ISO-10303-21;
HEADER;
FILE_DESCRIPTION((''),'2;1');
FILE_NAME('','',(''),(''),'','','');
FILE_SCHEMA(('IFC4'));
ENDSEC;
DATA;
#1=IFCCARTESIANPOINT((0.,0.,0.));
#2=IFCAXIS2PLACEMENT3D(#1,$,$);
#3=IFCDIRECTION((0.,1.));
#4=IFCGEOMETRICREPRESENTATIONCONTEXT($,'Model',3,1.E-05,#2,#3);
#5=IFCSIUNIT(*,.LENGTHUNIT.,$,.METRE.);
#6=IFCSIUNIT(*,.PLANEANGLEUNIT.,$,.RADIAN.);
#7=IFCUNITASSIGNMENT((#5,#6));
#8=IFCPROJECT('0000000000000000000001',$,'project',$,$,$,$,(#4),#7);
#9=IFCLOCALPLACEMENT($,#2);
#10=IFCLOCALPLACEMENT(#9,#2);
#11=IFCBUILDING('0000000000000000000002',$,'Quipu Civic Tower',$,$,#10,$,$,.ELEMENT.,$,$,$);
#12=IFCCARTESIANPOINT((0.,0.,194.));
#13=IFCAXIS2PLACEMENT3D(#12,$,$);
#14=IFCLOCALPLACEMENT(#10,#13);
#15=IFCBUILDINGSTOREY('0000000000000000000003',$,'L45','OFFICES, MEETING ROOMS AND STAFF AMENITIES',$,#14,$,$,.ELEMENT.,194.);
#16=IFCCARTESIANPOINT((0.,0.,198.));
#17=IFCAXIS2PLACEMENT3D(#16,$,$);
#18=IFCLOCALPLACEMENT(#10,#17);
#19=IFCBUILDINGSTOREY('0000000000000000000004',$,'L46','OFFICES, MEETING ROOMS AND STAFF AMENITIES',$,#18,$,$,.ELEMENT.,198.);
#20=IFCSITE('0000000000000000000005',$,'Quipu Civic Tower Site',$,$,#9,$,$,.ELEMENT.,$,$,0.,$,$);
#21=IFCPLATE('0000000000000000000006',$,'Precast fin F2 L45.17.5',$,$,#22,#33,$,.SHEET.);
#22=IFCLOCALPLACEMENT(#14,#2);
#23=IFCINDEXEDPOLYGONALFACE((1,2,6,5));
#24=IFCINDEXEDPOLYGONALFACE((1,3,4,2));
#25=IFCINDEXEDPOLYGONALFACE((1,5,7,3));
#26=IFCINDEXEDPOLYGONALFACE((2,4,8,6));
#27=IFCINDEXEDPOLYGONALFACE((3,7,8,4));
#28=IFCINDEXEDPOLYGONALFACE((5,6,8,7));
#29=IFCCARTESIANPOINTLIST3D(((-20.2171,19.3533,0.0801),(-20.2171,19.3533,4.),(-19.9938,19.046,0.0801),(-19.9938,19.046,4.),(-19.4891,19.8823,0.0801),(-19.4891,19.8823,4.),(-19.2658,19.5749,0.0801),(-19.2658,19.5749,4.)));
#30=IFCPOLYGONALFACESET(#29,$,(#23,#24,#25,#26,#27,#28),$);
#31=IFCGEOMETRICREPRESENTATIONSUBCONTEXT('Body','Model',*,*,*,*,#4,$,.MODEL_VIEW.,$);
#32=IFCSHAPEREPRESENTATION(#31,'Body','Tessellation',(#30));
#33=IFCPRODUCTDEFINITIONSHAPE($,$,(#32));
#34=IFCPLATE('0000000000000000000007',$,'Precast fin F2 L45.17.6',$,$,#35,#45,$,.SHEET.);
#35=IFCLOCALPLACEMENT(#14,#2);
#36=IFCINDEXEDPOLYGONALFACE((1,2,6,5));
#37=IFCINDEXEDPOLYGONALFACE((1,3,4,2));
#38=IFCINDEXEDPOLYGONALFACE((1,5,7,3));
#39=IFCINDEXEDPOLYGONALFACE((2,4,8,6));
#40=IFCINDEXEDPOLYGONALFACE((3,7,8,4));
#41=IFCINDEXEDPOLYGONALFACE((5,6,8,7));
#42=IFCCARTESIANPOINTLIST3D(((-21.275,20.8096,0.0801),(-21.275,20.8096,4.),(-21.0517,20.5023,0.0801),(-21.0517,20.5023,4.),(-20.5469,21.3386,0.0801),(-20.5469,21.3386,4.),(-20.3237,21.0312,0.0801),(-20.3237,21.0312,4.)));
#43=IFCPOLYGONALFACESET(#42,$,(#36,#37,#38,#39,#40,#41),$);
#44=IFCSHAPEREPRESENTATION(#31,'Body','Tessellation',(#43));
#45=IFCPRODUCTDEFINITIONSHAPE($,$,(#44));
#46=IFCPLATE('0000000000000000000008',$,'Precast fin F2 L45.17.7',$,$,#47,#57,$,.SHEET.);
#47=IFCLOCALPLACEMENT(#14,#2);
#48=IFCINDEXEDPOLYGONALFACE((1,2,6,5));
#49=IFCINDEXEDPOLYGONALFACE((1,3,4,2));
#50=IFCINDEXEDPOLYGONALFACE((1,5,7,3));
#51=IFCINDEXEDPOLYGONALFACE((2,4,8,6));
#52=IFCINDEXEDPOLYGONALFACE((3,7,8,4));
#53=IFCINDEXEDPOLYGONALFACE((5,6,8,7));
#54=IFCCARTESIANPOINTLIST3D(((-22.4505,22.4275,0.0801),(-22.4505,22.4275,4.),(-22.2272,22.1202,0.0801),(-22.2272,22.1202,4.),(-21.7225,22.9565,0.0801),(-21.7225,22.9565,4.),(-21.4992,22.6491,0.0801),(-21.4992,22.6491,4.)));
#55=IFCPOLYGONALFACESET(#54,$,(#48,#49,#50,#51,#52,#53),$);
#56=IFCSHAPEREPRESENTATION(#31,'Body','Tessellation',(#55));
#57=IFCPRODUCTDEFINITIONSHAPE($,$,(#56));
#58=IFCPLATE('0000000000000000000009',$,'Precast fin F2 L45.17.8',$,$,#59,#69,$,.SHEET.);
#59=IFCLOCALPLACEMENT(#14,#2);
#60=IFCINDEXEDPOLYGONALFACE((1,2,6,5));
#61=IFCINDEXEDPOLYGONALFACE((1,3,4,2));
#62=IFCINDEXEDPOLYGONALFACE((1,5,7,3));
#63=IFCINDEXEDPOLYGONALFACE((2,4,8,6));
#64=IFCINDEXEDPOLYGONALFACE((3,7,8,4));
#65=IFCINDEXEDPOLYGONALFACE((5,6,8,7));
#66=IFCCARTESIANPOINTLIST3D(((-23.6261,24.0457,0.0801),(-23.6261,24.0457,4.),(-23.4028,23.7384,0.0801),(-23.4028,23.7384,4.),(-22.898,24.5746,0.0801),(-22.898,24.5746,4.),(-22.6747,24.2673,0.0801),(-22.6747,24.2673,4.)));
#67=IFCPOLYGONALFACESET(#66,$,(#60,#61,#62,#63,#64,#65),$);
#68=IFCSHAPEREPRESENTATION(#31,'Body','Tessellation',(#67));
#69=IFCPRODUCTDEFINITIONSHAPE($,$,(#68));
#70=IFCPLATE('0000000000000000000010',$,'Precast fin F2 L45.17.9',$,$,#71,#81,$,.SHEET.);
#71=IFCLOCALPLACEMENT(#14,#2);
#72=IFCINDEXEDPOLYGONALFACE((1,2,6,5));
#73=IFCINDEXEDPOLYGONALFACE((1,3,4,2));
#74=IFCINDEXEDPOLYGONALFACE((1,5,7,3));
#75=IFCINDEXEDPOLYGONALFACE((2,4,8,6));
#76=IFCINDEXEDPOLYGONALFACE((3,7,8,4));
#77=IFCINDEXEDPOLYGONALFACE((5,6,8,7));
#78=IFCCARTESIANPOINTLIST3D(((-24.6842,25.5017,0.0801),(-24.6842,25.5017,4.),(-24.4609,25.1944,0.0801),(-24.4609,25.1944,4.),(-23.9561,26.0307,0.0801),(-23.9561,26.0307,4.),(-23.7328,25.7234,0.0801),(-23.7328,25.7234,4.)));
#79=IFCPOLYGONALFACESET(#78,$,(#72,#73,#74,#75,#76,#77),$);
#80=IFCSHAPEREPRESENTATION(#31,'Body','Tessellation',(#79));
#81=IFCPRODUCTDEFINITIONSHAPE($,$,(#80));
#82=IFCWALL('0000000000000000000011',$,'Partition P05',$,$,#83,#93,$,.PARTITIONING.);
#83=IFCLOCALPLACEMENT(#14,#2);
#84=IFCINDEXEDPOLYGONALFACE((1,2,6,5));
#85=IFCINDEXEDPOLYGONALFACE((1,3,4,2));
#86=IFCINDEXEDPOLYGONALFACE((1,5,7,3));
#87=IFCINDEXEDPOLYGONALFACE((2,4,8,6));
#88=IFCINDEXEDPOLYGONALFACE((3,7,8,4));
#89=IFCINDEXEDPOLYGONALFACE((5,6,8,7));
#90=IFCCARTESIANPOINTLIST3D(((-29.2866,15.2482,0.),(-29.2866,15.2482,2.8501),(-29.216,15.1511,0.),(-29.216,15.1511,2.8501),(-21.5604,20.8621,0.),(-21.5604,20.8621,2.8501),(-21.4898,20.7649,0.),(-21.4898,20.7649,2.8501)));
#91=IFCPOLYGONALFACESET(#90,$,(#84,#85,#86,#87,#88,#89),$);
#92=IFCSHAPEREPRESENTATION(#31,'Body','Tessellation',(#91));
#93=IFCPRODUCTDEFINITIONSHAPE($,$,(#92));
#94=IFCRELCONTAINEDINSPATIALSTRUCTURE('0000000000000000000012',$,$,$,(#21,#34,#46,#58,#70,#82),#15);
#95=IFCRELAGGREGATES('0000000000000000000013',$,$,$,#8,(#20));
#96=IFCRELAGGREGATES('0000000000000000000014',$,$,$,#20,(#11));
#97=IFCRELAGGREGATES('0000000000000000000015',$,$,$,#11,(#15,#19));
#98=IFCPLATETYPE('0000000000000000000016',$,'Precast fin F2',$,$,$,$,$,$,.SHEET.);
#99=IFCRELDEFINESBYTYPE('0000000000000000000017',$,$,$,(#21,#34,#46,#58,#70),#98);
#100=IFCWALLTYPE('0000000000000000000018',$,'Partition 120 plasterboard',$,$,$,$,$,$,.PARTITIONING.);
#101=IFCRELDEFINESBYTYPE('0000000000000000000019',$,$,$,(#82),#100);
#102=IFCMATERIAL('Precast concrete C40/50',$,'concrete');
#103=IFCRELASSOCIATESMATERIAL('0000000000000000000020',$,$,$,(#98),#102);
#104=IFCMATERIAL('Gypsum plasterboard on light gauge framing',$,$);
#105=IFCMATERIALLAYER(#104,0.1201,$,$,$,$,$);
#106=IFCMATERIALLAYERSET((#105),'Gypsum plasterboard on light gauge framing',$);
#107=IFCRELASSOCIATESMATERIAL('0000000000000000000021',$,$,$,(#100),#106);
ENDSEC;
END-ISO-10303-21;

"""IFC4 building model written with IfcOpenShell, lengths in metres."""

from ifc_helpers import new_model, si_unit, direction, frame, frame_2d, origin, origin_2d, place, context, subcontext, project, spatial, rectangle, extrude, material, layer, layer_set, type_object, element, save


model = new_model("IFC4")

# Units and contexts
model_context = context("Model", 3, precision=1e-05, world=origin(), true_north=direction((0.0, 1.0)))
body_context = subcontext(model_context, "Body", "Model", "MODEL_VIEW")
ifc_project = project(units=[si_unit("LENGTHUNIT", "METRE"), si_unit("PLANEANGLEUNIT", "RADIAN")], contexts=[model_context])

# Site, building, storey
site_placement = place(None, origin())
site = spatial("IfcSite", under=ifc_project, at=site_placement, Name="Quipu Civic Tower Site", CompositionType="ELEMENT", RefElevation=0.0)
building_placement = place(site_placement, origin())
building = spatial("IfcBuilding", under=site, at=building_placement, Name="Quipu Civic Tower", CompositionType="ELEMENT")
storey_1_placement = place(building_placement, frame((0.0, 0.0, 194.0)))
storey_1 = spatial("IfcBuildingStorey", under=building, at=storey_1_placement, Name="L45", Description="OFFICES, MEETING ROOMS AND STAFF AMENITIES", CompositionType="ELEMENT", Elevation=194.0)

# Shared definitions
storey_2_placement = place(building_placement, frame((0.0, 0.0, 198.0)))
storey_2 = spatial("IfcBuildingStorey", under=building, at=storey_2_placement, Name="L46", Description="OFFICES, MEETING ROOMS AND STAFF AMENITIES", CompositionType="ELEMENT", Elevation=198.0)

# Plates
ifc_material_1 = material(Name="Precast concrete C40/50", Category="concrete")
plate_type_1 = type_object("IfcPlateType", Name="Precast fin F2", PredefinedType="SHEET", material=ifc_material_1)
for number, where, z_axis, x_axis, name in (
    (1, (-19.7415, 19.4641, 0.0801), (0.0, 0.0, 1.0), (-0.587787, 0.809016, 0.0), "Precast fin F2 L45.17.5"),
    (2, (-20.7993, 20.9204, 0.0801), (0.0, 0.0, 1.0), (-0.587787, 0.809016, 0.0), "Precast fin F2 L45.17.6"),
    (3, (-21.9749, 22.5383, 0.0801), (0.0, 0.0, 1.0), (-0.587787, 0.809016, 0.0), "Precast fin F2 L45.17.7"),
    (4, (-23.1504, 24.1565, 0.0801), (0.0, 0.0, 1.0), (-0.587787, 0.809016, 0.0), "Precast fin F2 L45.17.8"),
    (5, (-24.2085, 25.6125, 0.0801), (0.0, 0.0, 1.0), (-0.587787, 0.809016, 0.0), "Precast fin F2 L45.17.9"),
):
    element("IfcPlate", number, at=place(storey_1_placement, frame(where, z_axis=z_axis, x_axis=x_axis)), inside=storey_1, type_object=plate_type_1, Name=name, PredefinedType="SHEET", context=body_context, shape_type="SweptSolid", body=[
        extrude(rectangle(XDim=0.3799, YDim=0.8999, at=origin_2d()), origin(), (0.0, 0.0, 1.0), 3.9199),
    ])

# Wall
ifc_material_2 = material(Name="Gypsum plasterboard on light gauge framing")
ifc_layer_1 = layer(ifc_material_2, 0.1201)
ifc_layer_set_1 = layer_set([ifc_layer_1], Name="Gypsum plasterboard on light gauge framing")
wall_type = type_object("IfcWallType", Name="Partition 120 plasterboard", PredefinedType="PARTITIONING", material=ifc_layer_set_1)
wall_placement = place(storey_1_placement, frame((-21.5251, 20.8135, 0.0), z_axis=(0.0, 0.0, 1.0), x_axis=(-0.808995, -0.587816, 0.0)))
element("IfcWall", 6, at=wall_placement, inside=storey_1, type_object=wall_type, Name="Partition P05", PredefinedType="PARTITIONING", context=body_context, shape_type="SweptSolid", body=[
    extrude(rectangle(XDim=9.5503, YDim=0.1201, at=frame_2d((4.7751, 0.0))), origin(), (0.0, 0.0, 1.0), 2.8501),
])

save(model, "model.ifc")
